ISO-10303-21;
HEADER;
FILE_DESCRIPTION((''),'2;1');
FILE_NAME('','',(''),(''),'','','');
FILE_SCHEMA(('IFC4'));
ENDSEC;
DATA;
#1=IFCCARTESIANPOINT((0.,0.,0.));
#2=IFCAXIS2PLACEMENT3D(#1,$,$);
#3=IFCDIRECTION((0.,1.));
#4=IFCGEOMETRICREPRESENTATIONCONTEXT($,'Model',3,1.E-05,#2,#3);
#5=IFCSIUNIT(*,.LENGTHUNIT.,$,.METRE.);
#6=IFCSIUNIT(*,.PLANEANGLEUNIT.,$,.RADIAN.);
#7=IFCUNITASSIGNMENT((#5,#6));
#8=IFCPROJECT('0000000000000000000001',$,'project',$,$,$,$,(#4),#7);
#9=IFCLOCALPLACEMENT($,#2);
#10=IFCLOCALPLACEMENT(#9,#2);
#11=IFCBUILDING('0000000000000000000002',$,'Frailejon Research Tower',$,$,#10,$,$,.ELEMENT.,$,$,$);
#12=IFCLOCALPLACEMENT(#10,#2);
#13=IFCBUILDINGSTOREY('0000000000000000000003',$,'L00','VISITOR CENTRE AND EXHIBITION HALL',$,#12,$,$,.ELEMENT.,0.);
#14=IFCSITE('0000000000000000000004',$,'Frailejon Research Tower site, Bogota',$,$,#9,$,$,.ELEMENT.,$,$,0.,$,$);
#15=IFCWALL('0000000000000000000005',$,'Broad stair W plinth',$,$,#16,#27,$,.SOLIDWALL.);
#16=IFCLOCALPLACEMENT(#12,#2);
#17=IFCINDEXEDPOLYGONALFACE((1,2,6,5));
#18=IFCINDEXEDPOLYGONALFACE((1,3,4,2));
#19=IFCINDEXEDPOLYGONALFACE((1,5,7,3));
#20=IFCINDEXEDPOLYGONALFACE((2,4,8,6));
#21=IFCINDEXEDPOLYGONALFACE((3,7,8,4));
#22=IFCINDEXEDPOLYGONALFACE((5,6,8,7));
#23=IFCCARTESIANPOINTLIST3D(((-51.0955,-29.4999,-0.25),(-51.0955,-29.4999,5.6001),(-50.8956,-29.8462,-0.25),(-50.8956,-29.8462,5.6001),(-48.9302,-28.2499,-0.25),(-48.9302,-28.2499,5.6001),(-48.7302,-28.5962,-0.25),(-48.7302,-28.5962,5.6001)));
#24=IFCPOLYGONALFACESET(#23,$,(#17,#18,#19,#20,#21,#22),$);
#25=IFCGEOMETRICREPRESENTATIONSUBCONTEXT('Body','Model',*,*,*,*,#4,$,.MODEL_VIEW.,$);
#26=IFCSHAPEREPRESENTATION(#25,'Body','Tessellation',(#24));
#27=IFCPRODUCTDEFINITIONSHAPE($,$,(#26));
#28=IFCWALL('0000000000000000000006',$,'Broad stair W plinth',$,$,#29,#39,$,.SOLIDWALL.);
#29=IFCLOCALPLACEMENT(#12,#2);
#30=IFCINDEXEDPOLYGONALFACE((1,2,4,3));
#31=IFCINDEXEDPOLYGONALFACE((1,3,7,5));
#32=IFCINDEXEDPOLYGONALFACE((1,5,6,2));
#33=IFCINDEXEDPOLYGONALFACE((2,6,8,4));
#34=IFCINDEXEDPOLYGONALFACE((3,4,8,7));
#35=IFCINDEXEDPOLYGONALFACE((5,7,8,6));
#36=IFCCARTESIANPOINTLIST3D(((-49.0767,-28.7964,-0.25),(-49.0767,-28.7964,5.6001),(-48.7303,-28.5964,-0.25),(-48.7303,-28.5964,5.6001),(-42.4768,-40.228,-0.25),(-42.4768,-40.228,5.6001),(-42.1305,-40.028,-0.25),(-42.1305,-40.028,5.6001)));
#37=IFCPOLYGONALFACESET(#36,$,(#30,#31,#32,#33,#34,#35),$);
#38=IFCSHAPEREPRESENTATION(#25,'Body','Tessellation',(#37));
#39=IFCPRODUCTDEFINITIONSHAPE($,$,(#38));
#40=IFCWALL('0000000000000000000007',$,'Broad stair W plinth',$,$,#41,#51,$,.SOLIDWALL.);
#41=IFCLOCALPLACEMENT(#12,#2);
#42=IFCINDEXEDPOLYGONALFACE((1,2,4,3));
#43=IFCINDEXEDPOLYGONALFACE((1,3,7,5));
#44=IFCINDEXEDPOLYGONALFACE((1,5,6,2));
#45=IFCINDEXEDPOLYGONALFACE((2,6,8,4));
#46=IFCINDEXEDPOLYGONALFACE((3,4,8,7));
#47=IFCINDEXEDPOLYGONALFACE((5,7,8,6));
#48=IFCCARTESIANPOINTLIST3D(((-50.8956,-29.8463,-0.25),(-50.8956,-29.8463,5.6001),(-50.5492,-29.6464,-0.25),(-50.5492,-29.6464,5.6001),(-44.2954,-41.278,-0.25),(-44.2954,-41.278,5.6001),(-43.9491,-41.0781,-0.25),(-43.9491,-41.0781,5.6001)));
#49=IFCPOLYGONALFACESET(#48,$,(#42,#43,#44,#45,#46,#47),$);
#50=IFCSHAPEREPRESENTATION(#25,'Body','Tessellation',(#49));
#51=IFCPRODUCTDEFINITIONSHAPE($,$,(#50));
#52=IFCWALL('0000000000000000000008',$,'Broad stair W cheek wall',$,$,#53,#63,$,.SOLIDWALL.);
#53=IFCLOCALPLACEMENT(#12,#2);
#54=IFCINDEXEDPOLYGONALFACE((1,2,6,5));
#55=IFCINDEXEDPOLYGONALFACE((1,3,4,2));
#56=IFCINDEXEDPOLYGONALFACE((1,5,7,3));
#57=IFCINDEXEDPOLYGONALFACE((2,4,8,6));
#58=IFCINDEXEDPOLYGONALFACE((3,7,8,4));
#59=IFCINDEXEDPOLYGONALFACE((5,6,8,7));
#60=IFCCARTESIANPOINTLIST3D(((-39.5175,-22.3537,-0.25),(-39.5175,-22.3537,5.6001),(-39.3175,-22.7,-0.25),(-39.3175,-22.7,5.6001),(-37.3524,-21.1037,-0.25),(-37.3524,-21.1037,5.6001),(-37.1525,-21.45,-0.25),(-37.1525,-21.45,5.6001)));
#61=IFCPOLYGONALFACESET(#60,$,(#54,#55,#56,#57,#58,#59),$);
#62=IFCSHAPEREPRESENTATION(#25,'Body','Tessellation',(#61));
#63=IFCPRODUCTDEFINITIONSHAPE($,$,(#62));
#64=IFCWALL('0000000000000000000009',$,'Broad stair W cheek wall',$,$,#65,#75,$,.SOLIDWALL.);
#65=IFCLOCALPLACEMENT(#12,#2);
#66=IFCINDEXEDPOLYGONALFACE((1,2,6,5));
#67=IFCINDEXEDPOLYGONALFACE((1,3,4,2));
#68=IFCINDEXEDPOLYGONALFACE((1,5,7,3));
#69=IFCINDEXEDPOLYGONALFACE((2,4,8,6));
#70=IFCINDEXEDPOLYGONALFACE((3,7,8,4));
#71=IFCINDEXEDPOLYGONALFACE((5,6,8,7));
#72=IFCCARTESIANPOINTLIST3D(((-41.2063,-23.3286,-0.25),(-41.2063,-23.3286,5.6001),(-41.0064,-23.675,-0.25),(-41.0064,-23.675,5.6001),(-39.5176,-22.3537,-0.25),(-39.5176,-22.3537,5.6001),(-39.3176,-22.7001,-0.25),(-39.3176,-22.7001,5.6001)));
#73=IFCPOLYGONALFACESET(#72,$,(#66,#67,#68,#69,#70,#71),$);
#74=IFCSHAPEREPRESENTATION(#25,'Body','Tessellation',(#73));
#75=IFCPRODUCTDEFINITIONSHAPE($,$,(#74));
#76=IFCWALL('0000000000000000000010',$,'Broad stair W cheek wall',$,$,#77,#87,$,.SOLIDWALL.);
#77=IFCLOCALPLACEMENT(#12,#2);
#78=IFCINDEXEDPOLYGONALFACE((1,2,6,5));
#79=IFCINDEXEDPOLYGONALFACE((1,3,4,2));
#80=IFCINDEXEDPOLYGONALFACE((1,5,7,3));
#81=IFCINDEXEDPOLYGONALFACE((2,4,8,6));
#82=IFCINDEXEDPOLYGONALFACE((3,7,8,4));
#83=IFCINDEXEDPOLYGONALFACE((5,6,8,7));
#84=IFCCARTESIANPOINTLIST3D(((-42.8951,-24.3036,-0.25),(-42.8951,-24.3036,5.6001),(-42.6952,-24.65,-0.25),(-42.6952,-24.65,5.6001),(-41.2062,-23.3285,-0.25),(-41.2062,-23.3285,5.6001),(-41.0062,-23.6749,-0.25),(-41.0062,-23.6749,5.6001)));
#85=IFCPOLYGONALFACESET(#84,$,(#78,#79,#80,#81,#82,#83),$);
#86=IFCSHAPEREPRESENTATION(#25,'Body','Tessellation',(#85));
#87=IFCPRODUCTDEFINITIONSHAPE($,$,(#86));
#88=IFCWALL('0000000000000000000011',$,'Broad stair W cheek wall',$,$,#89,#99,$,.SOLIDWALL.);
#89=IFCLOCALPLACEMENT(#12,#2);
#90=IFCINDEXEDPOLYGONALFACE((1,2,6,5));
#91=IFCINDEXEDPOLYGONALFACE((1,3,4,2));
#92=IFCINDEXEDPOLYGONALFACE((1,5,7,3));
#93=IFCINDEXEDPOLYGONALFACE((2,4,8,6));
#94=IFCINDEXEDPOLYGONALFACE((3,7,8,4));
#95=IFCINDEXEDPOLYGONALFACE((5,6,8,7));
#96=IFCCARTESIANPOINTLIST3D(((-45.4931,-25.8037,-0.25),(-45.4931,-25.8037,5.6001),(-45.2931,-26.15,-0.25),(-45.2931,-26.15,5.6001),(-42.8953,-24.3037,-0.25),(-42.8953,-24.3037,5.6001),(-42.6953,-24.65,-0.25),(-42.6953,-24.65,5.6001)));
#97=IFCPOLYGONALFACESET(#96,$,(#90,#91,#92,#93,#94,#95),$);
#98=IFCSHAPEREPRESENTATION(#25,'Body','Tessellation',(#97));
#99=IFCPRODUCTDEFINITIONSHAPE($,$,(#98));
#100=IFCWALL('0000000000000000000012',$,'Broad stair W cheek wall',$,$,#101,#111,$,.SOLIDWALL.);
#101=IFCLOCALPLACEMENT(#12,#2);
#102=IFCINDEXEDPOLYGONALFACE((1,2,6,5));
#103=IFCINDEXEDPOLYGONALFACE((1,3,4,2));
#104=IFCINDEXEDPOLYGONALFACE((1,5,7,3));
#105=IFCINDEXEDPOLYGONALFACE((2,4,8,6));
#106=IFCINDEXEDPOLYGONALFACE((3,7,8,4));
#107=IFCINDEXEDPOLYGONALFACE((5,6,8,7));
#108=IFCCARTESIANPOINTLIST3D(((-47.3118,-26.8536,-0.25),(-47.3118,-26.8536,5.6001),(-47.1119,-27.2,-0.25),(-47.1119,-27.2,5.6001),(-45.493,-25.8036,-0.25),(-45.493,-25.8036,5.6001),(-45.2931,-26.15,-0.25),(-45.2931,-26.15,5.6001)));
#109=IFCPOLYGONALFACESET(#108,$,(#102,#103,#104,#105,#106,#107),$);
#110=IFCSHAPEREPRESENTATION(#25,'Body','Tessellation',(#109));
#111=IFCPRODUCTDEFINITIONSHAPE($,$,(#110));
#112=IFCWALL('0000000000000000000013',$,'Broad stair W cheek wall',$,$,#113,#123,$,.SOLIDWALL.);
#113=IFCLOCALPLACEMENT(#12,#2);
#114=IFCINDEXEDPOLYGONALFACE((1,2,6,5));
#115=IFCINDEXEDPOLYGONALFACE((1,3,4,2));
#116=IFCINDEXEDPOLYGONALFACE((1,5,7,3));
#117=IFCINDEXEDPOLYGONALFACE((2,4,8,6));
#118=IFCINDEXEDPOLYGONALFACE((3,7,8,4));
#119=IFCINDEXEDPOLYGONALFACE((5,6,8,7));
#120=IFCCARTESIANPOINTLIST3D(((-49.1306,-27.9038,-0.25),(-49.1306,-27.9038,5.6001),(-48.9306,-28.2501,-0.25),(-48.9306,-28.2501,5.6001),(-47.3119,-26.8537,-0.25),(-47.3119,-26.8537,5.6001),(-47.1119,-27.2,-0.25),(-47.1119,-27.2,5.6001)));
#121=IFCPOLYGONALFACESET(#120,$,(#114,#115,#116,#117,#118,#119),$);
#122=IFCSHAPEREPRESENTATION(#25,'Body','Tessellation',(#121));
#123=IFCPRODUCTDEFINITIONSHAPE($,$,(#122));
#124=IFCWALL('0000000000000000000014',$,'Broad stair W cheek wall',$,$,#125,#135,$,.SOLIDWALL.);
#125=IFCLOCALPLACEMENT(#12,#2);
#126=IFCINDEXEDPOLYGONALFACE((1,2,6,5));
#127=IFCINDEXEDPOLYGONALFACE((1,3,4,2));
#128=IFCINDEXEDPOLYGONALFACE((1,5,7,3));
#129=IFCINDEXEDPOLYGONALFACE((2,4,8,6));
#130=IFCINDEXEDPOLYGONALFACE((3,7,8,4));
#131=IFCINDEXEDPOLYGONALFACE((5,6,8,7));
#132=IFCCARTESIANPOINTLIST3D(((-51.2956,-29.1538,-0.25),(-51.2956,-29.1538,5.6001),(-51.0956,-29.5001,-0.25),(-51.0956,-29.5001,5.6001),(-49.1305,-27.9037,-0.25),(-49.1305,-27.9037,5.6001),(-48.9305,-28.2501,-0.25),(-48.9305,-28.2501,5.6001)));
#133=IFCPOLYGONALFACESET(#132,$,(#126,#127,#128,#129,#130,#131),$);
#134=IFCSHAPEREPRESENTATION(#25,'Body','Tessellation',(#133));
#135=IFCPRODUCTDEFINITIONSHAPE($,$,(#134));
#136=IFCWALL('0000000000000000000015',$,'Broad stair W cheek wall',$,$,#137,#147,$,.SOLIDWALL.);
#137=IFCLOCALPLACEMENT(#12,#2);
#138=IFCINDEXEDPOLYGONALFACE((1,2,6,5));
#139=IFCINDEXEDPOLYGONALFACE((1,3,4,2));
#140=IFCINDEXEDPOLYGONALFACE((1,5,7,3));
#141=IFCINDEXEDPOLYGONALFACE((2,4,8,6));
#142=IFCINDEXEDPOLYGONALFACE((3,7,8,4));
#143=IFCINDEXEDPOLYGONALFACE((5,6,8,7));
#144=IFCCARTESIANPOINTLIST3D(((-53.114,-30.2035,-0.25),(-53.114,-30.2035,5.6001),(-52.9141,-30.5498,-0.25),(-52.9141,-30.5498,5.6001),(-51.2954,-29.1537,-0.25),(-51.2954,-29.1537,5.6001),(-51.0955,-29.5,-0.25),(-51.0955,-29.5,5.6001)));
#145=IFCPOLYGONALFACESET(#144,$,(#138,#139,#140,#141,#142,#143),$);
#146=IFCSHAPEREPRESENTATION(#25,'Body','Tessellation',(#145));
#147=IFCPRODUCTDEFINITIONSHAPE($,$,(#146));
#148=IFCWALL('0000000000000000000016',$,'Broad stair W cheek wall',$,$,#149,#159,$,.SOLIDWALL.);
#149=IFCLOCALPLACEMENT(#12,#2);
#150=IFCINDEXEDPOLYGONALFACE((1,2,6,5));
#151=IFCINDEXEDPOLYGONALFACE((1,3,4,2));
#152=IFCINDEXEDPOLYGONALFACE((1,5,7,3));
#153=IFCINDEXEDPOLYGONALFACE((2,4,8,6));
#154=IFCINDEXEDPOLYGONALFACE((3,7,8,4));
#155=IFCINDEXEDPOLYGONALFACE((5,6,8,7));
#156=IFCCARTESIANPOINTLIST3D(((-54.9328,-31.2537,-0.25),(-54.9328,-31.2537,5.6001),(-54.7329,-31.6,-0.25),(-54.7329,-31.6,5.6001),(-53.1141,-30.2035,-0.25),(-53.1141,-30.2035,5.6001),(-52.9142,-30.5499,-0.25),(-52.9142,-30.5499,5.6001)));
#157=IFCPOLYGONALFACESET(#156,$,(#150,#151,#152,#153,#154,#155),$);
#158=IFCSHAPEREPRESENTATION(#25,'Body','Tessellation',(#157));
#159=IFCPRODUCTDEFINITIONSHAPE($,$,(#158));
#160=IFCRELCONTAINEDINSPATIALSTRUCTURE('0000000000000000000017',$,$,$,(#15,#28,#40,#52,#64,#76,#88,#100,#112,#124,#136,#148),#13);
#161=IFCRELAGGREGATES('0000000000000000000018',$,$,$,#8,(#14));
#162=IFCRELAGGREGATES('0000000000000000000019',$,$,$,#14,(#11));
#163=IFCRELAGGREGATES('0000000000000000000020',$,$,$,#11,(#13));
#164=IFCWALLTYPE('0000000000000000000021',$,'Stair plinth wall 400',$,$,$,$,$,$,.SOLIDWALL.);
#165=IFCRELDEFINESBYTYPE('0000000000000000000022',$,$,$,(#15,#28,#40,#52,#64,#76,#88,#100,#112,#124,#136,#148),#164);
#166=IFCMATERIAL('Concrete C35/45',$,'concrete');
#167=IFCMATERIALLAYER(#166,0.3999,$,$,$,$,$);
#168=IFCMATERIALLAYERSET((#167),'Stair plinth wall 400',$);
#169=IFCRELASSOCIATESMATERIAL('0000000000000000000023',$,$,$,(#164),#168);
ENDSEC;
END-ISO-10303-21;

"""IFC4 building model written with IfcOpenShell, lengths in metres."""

from ifc_helpers import new_model, si_unit, direction, frame, frame_2d, origin, place, context, subcontext, project, spatial, rectangle, extrude, material, layer, layer_set, type_object, element, save


model = new_model("IFC4")

# Units and contexts
model_context = context("Model", 3, precision=1e-05, world=origin(), true_north=direction((0.0, 1.0)))
body_context = subcontext(model_context, "Body", "Model", "MODEL_VIEW")
ifc_project = project(units=[si_unit("LENGTHUNIT", "METRE"), si_unit("PLANEANGLEUNIT", "RADIAN")], contexts=[model_context])

# Site, building, storey
site_placement = place(None, origin())
site = spatial("IfcSite", under=ifc_project, at=site_placement, Name="Frailejon Research Tower site, Bogota", CompositionType="ELEMENT", RefElevation=0.0)
building_placement = place(site_placement, origin())
building = spatial("IfcBuilding", under=site, at=building_placement, Name="Frailejon Research Tower", CompositionType="ELEMENT")
storey_placement = place(building_placement, origin())
storey = spatial("IfcBuildingStorey", under=building, at=storey_placement, Name="L00", Description="VISITOR CENTRE AND EXHIBITION HALL", CompositionType="ELEMENT", Elevation=0.0)

# Walls
ifc_material_1 = material(Name="Concrete C35/45", Category="concrete")
ifc_layer_1 = layer(ifc_material_1, 0.3999)
ifc_layer_set_1 = layer_set([ifc_layer_1], Name="Stair plinth wall 400")
wall_type = type_object("IfcWallType", Name="Stair plinth wall 400", PredefinedType="SOLIDWALL", material=ifc_layer_set_1)
wall_1_placement = place(storey_placement, frame((-48.8303, -28.4231, -0.25), z_axis=(0.0, 0.0, 1.0), x_axis=(-0.866047, -0.499962, 0.0)))
element("IfcWall", 1, at=wall_1_placement, inside=storey, type_object=wall_type, Name="Broad stair W plinth", PredefinedType="SOLIDWALL", context=body_context, shape_type="SweptSolid", body=[
    extrude(rectangle(XDim=2.5002, YDim=0.3999, at=frame_2d((1.25, 0.0))), origin(), (0.0, 0.0, 1.0), 5.8501),
])
wall_2_placement = place(storey_placement, frame((-48.9036, -28.6963, -0.25), z_axis=(0.0, 0.0, 1.0), x_axis=(0.499988, -0.866032, 0.0)))
element("IfcWall", 2, at=wall_2_placement, inside=storey, type_object=wall_type, Name="Broad stair W plinth", PredefinedType="SOLIDWALL", context=body_context, shape_type="SweptSolid", body=[
    extrude(rectangle(XDim=13.2, YDim=0.3999, at=frame_2d((6.6001, 0.0))), origin(), (0.0, 0.0, 1.0), 5.8501),
])
wall_3_placement = place(storey_placement, frame((-50.7224, -29.7463, -0.25), z_axis=(0.0, 0.0, 1.0), x_axis=(0.500002, -0.866024, 0.0)))
element("IfcWall", 3, at=wall_3_placement, inside=storey, type_object=wall_type, Name="Broad stair W plinth", PredefinedType="SOLIDWALL", context=body_context, shape_type="SweptSolid", body=[
    extrude(rectangle(XDim=13.2002, YDim=0.3999, at=frame_2d((6.6001, 0.0))), origin(), (0.0, 0.0, 1.0), 5.8501),
])
wall_4_placement = place(storey_placement, frame((-37.2524, -21.2769, -0.25), z_axis=(0.0, 0.0, 1.0), x_axis=(-0.866023, -0.500004, 0.0)))
element("IfcWall", 4, at=wall_4_placement, inside=storey, type_object=wall_type, Name="Broad stair W cheek wall", PredefinedType="SOLIDWALL", context=body_context, shape_type="SweptSolid", body=[
    extrude(rectangle(XDim=2.5, YDim=0.3999, at=frame_2d((1.25, 0.0))), origin(), (0.0, 0.0, 1.0), 5.8501),
])
wall_5_placement = place(storey_placement, frame((-39.4175, -22.5269, -0.25), z_axis=(0.0, 0.0, 1.0), x_axis=(-0.866054, -0.49995, 0.0)))
element("IfcWall", 5, at=wall_5_placement, inside=storey, type_object=wall_type, Name="Broad stair W cheek wall", PredefinedType="SOLIDWALL", context=body_context, shape_type="SweptSolid", body=[
    extrude(rectangle(XDim=1.95, YDim=0.3999, at=frame_2d((0.9751, 0.0))), origin(), (0.0, 0.0, 1.0), 5.8501),
])
wall_6_placement = place(storey_placement, frame((-41.1062, -23.5017, -0.25), z_axis=(0.0, 0.0, 1.0), x_axis=(-0.866031, -0.49999, 0.0)))
element("IfcWall", 6, at=wall_6_placement, inside=storey, type_object=wall_type, Name="Broad stair W cheek wall", PredefinedType="SOLIDWALL", context=body_context, shape_type="SweptSolid", body=[
    extrude(rectangle(XDim=1.9502, YDim=0.3999, at=frame_2d((0.9751, 0.0))), origin(), (0.0, 0.0, 1.0), 5.8501),
])
wall_7_placement = place(storey_placement, frame((-42.7952, -24.4768, -0.25), z_axis=(0.0, 0.0, 1.0), x_axis=(-0.866011, -0.500025, 0.0)))
element("IfcWall", 7, at=wall_7_placement, inside=storey, type_object=wall_type, Name="Broad stair W cheek wall", PredefinedType="SOLIDWALL", context=body_context, shape_type="SweptSolid", body=[
    extrude(rectangle(XDim=2.9998, YDim=0.3999, at=frame_2d((1.5, 0.0))), origin(), (0.0, 0.0, 1.0), 5.8501),
])
for number, where, z_axis, x_axis, name in (
    (8, (-45.3931, -25.9768, -0.25), (0.0, 0.0, 1.0), (-0.866038, -0.499977, 0.0), "Broad stair W cheek wall"),
    (9, (-47.2119, -27.0269, -0.25), (0.0, 0.0, 1.0), (-0.866009, -0.500028, 0.0), "Broad stair W cheek wall"),
):
    element("IfcWall", number, at=place(storey_placement, frame(where, z_axis=z_axis, x_axis=x_axis)), inside=storey, type_object=wall_type, Name=name, PredefinedType="SOLIDWALL", context=body_context, shape_type="SweptSolid", body=[
        extrude(rectangle(XDim=2.1001, YDim=0.3999, at=frame_2d((1.05, 0.0))), origin(), (0.0, 0.0, 1.0), 5.8501),
    ])
wall_8_placement = place(storey_placement, frame((-49.0305, -28.0769, -0.25), z_axis=(0.0, 0.0, 1.0), x_axis=(-0.866023, -0.500004, 0.0)))
element("IfcWall", 10, at=wall_8_placement, inside=storey, type_object=wall_type, Name="Broad stair W cheek wall", PredefinedType="SOLIDWALL", context=body_context, shape_type="SweptSolid", body=[
    extrude(rectangle(XDim=2.5, YDim=0.3999, at=frame_2d((1.25, 0.0))), origin(), (0.0, 0.0, 1.0), 5.8501),
])
wall_9_placement = place(storey_placement, frame((-51.1956, -29.3269, -0.25), z_axis=(0.0, 0.0, 1.0), x_axis=(-0.86606, -0.499941, 0.0)))
element("IfcWall", 11, at=wall_9_placement, inside=storey, type_object=wall_type, Name="Broad stair W cheek wall", PredefinedType="SOLIDWALL", context=body_context, shape_type="SweptSolid", body=[
    extrude(rectangle(XDim=2.0999, YDim=0.3999, at=frame_2d((1.0498, 0.0))), origin(), (0.0, 0.0, 1.0), 5.8501),
])
wall_10_placement = place(storey_placement, frame((-53.0142, -30.3767, -0.25), z_axis=(0.0, 0.0, 1.0), x_axis=(-0.866009, -0.500028, 0.0)))
element("IfcWall", 12, at=wall_10_placement, inside=storey, type_object=wall_type, Name="Broad stair W cheek wall", PredefinedType="SOLIDWALL", context=body_context, shape_type="SweptSolid", body=[
    extrude(rectangle(XDim=2.1001, YDim=0.3999, at=frame_2d((1.05, 0.0))), origin(), (0.0, 0.0, 1.0), 5.8501),
])

save(model, "model.ifc")
